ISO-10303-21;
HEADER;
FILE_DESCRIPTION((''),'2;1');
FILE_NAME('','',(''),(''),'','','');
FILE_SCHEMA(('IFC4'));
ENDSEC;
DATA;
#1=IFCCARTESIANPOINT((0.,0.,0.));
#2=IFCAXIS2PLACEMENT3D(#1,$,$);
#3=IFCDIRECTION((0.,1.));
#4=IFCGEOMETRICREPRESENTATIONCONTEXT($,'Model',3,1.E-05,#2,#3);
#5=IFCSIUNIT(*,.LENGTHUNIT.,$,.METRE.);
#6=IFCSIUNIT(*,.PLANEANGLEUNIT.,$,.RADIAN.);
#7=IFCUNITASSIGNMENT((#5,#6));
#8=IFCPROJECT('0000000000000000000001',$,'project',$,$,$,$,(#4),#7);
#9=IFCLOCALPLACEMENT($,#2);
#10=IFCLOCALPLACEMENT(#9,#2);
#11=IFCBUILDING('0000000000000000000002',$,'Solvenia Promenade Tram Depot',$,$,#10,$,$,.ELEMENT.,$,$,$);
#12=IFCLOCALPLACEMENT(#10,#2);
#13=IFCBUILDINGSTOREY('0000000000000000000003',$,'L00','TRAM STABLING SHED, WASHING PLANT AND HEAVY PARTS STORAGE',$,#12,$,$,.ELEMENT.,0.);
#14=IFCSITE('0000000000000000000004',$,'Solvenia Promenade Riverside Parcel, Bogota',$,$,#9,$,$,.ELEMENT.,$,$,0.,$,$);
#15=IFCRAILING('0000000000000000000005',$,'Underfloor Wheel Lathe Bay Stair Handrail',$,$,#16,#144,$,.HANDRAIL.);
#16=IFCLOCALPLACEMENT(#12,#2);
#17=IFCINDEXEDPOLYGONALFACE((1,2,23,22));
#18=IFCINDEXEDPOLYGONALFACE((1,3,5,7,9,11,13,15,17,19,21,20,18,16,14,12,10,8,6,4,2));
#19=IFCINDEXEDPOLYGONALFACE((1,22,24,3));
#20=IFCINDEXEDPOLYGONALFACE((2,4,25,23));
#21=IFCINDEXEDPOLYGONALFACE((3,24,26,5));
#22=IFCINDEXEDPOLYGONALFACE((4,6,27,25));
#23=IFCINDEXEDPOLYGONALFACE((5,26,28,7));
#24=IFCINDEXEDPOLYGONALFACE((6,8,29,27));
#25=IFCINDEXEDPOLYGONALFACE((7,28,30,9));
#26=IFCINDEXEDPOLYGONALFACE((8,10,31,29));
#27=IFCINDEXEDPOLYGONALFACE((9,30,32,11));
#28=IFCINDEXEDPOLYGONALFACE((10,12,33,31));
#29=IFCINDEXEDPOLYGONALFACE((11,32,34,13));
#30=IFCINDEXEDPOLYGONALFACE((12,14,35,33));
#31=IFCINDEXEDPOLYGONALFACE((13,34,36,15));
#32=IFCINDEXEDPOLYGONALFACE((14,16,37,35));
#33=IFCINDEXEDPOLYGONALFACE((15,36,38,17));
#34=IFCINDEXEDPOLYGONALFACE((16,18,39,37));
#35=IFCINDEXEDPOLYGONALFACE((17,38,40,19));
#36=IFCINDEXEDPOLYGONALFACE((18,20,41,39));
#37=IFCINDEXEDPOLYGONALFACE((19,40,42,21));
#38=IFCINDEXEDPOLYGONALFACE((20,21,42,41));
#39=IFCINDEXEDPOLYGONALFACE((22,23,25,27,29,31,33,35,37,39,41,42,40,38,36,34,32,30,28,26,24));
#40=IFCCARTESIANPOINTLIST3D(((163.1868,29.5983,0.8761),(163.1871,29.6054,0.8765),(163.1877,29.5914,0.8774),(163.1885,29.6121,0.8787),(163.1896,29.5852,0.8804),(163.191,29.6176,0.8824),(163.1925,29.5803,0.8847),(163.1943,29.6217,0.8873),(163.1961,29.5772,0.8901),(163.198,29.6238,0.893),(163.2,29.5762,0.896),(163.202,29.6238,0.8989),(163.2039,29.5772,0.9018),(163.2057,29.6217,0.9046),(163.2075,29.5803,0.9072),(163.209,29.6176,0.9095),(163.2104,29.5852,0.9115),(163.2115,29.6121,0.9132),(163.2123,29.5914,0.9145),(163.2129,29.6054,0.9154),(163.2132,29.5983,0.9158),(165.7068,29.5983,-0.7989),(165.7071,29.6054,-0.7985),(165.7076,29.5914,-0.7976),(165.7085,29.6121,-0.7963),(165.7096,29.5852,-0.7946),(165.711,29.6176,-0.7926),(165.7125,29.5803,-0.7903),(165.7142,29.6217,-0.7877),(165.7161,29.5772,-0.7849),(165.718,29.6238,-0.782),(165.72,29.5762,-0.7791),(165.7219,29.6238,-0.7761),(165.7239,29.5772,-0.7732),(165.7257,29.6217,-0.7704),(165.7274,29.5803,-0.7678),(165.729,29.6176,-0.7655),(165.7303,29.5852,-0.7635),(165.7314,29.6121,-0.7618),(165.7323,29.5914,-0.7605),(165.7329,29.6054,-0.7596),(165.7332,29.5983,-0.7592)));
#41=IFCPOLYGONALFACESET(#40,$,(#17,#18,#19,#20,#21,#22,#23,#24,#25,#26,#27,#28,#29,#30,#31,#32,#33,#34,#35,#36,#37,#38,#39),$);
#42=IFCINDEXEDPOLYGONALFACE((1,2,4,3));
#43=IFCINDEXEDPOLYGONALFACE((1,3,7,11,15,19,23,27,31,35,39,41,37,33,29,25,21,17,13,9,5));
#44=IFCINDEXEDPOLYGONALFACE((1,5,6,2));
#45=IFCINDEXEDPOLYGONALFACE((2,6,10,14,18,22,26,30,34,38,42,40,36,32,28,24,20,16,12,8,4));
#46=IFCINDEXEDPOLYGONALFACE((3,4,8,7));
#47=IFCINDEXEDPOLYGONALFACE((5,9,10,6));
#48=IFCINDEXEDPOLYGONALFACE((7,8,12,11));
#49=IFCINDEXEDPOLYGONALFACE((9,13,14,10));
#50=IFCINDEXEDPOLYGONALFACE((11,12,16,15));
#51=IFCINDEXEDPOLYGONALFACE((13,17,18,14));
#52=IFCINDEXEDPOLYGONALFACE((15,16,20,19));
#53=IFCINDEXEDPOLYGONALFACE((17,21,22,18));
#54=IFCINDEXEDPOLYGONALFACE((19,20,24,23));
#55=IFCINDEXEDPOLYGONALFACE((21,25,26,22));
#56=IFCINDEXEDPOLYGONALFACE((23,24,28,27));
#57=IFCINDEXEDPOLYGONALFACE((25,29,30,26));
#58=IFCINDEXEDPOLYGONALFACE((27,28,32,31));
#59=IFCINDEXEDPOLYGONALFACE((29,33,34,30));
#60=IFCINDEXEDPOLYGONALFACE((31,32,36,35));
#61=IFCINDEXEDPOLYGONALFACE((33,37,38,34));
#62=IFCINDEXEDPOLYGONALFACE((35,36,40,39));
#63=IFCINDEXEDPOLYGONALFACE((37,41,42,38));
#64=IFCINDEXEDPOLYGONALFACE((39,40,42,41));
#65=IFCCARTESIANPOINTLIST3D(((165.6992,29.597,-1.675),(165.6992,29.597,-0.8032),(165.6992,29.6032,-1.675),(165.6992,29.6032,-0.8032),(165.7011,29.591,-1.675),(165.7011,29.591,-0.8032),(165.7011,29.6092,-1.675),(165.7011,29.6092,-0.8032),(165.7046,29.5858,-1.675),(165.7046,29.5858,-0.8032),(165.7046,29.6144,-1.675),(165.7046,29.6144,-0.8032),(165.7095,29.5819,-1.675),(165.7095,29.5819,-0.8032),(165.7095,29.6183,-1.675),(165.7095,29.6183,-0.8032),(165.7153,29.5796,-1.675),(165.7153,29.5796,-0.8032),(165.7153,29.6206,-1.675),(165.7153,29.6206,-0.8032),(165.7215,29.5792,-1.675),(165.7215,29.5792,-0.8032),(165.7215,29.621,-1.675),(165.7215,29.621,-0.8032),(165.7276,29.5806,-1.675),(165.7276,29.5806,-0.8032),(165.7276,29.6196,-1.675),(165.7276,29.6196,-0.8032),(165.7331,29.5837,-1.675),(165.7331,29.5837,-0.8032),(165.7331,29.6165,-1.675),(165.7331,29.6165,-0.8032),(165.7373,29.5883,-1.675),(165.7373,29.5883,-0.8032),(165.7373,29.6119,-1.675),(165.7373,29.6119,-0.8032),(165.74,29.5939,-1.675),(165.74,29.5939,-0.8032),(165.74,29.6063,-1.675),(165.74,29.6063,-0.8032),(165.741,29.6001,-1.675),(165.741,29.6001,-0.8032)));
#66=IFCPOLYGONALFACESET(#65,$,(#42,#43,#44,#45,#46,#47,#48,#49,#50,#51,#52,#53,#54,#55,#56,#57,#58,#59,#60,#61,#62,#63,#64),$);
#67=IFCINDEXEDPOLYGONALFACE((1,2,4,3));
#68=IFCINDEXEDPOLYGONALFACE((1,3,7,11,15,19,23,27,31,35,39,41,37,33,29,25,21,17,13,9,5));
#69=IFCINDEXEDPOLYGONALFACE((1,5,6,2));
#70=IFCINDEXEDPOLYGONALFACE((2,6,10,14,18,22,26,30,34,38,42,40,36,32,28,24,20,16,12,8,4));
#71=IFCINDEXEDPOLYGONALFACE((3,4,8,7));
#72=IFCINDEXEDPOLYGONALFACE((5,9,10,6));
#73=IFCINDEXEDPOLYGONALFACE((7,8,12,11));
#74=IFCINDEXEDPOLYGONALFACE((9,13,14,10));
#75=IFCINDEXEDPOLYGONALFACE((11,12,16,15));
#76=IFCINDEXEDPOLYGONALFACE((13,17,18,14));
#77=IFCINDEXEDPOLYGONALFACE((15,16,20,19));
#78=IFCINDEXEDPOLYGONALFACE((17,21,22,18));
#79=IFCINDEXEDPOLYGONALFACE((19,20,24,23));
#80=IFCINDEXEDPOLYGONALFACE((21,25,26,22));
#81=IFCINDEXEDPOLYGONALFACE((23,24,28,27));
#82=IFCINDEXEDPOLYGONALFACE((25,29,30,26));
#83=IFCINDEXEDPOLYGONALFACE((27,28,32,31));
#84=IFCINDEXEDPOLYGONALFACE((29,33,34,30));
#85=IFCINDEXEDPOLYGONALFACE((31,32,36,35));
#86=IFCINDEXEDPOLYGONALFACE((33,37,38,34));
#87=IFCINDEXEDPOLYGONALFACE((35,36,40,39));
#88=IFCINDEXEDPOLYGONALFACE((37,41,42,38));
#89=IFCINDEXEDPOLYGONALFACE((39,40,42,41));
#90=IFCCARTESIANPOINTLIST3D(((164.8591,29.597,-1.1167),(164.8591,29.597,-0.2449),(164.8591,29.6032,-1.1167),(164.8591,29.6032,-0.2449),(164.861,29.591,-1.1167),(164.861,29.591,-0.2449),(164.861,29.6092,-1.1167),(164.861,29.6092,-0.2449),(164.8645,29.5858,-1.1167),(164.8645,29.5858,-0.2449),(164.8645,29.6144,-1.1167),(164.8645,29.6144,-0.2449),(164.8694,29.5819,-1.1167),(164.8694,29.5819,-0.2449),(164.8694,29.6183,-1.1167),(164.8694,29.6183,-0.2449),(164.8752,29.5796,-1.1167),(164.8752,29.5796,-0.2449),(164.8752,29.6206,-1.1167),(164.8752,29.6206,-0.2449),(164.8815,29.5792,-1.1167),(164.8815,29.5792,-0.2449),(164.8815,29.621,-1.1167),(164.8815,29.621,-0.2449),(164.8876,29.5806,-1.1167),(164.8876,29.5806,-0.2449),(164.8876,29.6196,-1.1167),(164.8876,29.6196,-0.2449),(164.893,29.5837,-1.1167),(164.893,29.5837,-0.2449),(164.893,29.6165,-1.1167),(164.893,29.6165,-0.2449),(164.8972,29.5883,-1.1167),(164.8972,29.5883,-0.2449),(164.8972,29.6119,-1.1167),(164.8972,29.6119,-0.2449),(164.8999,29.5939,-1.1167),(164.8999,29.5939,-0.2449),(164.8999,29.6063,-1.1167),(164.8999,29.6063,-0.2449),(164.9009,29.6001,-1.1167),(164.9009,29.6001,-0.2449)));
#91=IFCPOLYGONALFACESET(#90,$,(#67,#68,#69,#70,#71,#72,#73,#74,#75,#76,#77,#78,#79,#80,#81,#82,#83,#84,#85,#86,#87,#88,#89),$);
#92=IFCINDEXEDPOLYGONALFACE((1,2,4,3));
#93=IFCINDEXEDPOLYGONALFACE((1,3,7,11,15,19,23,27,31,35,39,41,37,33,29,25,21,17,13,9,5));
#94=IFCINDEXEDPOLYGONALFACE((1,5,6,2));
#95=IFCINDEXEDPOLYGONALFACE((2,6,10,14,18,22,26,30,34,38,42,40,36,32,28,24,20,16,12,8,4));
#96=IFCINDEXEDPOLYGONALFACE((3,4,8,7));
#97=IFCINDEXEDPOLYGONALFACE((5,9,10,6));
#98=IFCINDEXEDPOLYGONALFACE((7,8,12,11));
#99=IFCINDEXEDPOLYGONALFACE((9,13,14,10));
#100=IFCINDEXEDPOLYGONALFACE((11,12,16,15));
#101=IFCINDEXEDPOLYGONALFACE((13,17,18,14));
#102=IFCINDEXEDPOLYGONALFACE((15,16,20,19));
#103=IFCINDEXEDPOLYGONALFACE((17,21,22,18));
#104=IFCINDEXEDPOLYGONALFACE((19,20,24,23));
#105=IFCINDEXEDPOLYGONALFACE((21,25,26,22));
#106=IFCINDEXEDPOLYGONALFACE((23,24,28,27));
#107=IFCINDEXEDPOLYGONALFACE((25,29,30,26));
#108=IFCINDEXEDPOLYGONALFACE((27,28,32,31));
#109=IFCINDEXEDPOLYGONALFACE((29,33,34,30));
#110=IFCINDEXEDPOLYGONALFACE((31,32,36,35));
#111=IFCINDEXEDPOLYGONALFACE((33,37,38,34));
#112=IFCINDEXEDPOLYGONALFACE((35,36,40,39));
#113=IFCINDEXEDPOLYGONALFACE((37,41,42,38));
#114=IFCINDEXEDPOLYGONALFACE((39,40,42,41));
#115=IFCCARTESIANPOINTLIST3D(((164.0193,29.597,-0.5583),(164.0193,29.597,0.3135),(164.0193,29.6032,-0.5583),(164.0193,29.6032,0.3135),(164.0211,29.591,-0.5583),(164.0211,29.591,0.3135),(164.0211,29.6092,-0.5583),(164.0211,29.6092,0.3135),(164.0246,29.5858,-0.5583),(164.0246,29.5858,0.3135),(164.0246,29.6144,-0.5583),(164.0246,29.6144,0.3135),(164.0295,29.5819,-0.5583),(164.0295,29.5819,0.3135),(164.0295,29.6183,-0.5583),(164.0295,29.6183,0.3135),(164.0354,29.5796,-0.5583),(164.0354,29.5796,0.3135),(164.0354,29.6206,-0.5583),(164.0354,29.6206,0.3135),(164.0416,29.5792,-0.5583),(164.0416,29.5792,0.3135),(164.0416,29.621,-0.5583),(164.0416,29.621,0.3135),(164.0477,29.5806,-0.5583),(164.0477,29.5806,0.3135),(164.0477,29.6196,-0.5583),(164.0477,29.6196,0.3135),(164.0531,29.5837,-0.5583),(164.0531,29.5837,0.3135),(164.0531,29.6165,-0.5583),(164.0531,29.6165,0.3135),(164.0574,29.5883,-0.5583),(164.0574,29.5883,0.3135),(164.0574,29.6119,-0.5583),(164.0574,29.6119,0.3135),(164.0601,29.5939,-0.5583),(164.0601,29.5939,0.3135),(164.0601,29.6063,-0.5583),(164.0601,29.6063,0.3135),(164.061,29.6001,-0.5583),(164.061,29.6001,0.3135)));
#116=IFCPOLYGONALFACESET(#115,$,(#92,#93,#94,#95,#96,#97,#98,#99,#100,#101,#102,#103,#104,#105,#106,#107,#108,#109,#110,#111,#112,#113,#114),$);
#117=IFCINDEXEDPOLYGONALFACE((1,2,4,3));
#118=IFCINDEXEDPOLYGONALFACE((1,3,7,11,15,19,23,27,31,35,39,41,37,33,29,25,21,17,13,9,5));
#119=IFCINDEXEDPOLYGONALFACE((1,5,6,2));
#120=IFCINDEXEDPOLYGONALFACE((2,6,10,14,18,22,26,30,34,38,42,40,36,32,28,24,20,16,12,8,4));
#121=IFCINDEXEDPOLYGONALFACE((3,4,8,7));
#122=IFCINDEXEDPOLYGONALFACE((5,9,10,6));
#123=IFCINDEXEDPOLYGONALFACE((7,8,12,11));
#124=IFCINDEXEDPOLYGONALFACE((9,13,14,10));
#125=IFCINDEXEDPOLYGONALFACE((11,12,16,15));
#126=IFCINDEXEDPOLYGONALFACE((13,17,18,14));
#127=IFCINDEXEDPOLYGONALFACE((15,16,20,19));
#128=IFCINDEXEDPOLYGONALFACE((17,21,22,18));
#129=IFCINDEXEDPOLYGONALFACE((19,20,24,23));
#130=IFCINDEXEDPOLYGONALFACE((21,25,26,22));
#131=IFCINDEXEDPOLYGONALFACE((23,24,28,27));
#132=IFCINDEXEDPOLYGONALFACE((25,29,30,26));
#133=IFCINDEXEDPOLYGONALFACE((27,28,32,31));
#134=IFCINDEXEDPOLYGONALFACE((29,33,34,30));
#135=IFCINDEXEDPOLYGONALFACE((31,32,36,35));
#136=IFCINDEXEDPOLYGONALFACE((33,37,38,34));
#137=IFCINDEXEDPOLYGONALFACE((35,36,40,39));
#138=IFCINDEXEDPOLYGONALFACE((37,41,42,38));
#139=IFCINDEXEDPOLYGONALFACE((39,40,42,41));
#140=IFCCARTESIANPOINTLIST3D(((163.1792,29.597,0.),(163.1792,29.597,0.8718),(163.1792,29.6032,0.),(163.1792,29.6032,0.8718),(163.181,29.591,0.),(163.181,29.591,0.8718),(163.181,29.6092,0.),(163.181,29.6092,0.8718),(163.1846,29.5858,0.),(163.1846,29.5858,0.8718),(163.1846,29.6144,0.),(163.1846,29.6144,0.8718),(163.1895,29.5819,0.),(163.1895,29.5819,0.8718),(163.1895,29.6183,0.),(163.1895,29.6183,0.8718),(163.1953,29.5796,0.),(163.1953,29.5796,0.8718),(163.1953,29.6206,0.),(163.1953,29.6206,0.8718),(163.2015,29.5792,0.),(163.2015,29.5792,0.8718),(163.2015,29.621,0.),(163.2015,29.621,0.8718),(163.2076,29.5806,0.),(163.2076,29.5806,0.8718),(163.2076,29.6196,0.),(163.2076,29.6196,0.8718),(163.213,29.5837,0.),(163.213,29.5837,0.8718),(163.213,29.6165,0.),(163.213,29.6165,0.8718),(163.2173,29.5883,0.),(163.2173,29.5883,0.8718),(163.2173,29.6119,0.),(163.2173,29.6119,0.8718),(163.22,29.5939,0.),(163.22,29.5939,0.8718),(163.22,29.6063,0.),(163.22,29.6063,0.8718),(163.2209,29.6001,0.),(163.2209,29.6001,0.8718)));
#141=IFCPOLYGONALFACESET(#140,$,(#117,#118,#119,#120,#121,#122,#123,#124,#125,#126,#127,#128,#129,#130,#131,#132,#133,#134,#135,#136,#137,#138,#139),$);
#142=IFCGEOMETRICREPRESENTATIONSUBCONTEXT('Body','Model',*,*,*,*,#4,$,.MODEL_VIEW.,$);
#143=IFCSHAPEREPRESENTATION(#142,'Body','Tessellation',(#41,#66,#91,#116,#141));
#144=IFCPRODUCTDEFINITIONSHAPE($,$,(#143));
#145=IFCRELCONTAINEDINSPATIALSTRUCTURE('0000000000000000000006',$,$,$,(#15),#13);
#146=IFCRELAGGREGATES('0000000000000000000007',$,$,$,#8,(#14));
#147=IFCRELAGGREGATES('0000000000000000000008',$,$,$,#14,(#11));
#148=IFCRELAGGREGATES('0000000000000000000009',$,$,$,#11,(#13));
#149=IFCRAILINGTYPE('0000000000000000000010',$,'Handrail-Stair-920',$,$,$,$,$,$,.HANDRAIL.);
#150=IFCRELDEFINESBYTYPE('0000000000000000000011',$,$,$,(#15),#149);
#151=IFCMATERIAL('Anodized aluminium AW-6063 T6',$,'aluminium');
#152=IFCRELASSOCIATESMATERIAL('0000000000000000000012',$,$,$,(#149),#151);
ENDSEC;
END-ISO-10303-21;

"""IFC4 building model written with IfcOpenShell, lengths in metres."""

from ifc_helpers import new_model, si_unit, direction, frame, origin, origin_2d, place, context, subcontext, project, spatial, circle, extrude, material, type_object, element, save


model = new_model("IFC4")

# Units and contexts
model_context = context("Model", 3, precision=1e-05, world=origin(), true_north=direction((0.0, 1.0)))
body_context = subcontext(model_context, "Body", "Model", "MODEL_VIEW")
ifc_project = project(units=[si_unit("LENGTHUNIT", "METRE"), si_unit("PLANEANGLEUNIT", "RADIAN")], contexts=[model_context])

# Site, building, storey
site_placement = place(None, origin())
site = spatial("IfcSite", under=ifc_project, at=site_placement, Name="Solvenia Promenade Riverside Parcel, Bogota", CompositionType="ELEMENT", RefElevation=0.0)
building_placement = place(site_placement, origin())
building = spatial("IfcBuilding", under=site, at=building_placement, Name="Solvenia Promenade Tram Depot", CompositionType="ELEMENT")
storey_placement = place(building_placement, origin())
storey = spatial("IfcBuildingStorey", under=building, at=storey_placement, Name="L00", Description="TRAM STABLING SHED, WASHING PLANT AND HEAVY PARTS STORAGE", CompositionType="ELEMENT", Elevation=0.0)

# Shared definitions
ifc_material_1 = material(Name="Anodized aluminium AW-6063 T6", Category="aluminium")

# Railing
railing_type_1 = type_object("IfcRailingType", Name="Handrail-Stair-920", PredefinedType="HANDRAIL", material=ifc_material_1)
railing_1_placement = place(storey_placement, frame((165.72, 29.6001, -1.675)))
element("IfcRailing", 1, at=railing_1_placement, inside=storey, type_object=railing_type_1, Name="Underfloor Wheel Lathe Bay Stair Handrail", PredefinedType="HANDRAIL", context=body_context, shape_type="SweptSolid", body=[
    extrude(circle(Radius=0.0239, at=origin_2d()), frame((0.0, 0.0, 0.896), z_axis=(-0.832807, 0.0, 0.553564), x_axis=(0.0, -1.0, 0.0)), (0.0, 0.0, 1.0), 3.0259),
    extrude(circle(Radius=0.021, at=origin_2d()), origin(), (0.0, 0.0, 1.0), 0.8718),
    extrude(circle(Radius=0.021, at=origin_2d()), frame((-0.8401, 0.0, 0.5583)), (0.0, 0.0, 1.0), 0.8718),
    extrude(circle(Radius=0.021, at=origin_2d()), frame((-1.6799, 0.0, 1.1167)), (0.0, 0.0, 1.0), 0.8718),
    extrude(circle(Radius=0.021, at=origin_2d()), frame((-2.52, 0.0, 1.675)), (0.0, 0.0, 1.0), 0.8718),
])

save(model, "model.ifc")
